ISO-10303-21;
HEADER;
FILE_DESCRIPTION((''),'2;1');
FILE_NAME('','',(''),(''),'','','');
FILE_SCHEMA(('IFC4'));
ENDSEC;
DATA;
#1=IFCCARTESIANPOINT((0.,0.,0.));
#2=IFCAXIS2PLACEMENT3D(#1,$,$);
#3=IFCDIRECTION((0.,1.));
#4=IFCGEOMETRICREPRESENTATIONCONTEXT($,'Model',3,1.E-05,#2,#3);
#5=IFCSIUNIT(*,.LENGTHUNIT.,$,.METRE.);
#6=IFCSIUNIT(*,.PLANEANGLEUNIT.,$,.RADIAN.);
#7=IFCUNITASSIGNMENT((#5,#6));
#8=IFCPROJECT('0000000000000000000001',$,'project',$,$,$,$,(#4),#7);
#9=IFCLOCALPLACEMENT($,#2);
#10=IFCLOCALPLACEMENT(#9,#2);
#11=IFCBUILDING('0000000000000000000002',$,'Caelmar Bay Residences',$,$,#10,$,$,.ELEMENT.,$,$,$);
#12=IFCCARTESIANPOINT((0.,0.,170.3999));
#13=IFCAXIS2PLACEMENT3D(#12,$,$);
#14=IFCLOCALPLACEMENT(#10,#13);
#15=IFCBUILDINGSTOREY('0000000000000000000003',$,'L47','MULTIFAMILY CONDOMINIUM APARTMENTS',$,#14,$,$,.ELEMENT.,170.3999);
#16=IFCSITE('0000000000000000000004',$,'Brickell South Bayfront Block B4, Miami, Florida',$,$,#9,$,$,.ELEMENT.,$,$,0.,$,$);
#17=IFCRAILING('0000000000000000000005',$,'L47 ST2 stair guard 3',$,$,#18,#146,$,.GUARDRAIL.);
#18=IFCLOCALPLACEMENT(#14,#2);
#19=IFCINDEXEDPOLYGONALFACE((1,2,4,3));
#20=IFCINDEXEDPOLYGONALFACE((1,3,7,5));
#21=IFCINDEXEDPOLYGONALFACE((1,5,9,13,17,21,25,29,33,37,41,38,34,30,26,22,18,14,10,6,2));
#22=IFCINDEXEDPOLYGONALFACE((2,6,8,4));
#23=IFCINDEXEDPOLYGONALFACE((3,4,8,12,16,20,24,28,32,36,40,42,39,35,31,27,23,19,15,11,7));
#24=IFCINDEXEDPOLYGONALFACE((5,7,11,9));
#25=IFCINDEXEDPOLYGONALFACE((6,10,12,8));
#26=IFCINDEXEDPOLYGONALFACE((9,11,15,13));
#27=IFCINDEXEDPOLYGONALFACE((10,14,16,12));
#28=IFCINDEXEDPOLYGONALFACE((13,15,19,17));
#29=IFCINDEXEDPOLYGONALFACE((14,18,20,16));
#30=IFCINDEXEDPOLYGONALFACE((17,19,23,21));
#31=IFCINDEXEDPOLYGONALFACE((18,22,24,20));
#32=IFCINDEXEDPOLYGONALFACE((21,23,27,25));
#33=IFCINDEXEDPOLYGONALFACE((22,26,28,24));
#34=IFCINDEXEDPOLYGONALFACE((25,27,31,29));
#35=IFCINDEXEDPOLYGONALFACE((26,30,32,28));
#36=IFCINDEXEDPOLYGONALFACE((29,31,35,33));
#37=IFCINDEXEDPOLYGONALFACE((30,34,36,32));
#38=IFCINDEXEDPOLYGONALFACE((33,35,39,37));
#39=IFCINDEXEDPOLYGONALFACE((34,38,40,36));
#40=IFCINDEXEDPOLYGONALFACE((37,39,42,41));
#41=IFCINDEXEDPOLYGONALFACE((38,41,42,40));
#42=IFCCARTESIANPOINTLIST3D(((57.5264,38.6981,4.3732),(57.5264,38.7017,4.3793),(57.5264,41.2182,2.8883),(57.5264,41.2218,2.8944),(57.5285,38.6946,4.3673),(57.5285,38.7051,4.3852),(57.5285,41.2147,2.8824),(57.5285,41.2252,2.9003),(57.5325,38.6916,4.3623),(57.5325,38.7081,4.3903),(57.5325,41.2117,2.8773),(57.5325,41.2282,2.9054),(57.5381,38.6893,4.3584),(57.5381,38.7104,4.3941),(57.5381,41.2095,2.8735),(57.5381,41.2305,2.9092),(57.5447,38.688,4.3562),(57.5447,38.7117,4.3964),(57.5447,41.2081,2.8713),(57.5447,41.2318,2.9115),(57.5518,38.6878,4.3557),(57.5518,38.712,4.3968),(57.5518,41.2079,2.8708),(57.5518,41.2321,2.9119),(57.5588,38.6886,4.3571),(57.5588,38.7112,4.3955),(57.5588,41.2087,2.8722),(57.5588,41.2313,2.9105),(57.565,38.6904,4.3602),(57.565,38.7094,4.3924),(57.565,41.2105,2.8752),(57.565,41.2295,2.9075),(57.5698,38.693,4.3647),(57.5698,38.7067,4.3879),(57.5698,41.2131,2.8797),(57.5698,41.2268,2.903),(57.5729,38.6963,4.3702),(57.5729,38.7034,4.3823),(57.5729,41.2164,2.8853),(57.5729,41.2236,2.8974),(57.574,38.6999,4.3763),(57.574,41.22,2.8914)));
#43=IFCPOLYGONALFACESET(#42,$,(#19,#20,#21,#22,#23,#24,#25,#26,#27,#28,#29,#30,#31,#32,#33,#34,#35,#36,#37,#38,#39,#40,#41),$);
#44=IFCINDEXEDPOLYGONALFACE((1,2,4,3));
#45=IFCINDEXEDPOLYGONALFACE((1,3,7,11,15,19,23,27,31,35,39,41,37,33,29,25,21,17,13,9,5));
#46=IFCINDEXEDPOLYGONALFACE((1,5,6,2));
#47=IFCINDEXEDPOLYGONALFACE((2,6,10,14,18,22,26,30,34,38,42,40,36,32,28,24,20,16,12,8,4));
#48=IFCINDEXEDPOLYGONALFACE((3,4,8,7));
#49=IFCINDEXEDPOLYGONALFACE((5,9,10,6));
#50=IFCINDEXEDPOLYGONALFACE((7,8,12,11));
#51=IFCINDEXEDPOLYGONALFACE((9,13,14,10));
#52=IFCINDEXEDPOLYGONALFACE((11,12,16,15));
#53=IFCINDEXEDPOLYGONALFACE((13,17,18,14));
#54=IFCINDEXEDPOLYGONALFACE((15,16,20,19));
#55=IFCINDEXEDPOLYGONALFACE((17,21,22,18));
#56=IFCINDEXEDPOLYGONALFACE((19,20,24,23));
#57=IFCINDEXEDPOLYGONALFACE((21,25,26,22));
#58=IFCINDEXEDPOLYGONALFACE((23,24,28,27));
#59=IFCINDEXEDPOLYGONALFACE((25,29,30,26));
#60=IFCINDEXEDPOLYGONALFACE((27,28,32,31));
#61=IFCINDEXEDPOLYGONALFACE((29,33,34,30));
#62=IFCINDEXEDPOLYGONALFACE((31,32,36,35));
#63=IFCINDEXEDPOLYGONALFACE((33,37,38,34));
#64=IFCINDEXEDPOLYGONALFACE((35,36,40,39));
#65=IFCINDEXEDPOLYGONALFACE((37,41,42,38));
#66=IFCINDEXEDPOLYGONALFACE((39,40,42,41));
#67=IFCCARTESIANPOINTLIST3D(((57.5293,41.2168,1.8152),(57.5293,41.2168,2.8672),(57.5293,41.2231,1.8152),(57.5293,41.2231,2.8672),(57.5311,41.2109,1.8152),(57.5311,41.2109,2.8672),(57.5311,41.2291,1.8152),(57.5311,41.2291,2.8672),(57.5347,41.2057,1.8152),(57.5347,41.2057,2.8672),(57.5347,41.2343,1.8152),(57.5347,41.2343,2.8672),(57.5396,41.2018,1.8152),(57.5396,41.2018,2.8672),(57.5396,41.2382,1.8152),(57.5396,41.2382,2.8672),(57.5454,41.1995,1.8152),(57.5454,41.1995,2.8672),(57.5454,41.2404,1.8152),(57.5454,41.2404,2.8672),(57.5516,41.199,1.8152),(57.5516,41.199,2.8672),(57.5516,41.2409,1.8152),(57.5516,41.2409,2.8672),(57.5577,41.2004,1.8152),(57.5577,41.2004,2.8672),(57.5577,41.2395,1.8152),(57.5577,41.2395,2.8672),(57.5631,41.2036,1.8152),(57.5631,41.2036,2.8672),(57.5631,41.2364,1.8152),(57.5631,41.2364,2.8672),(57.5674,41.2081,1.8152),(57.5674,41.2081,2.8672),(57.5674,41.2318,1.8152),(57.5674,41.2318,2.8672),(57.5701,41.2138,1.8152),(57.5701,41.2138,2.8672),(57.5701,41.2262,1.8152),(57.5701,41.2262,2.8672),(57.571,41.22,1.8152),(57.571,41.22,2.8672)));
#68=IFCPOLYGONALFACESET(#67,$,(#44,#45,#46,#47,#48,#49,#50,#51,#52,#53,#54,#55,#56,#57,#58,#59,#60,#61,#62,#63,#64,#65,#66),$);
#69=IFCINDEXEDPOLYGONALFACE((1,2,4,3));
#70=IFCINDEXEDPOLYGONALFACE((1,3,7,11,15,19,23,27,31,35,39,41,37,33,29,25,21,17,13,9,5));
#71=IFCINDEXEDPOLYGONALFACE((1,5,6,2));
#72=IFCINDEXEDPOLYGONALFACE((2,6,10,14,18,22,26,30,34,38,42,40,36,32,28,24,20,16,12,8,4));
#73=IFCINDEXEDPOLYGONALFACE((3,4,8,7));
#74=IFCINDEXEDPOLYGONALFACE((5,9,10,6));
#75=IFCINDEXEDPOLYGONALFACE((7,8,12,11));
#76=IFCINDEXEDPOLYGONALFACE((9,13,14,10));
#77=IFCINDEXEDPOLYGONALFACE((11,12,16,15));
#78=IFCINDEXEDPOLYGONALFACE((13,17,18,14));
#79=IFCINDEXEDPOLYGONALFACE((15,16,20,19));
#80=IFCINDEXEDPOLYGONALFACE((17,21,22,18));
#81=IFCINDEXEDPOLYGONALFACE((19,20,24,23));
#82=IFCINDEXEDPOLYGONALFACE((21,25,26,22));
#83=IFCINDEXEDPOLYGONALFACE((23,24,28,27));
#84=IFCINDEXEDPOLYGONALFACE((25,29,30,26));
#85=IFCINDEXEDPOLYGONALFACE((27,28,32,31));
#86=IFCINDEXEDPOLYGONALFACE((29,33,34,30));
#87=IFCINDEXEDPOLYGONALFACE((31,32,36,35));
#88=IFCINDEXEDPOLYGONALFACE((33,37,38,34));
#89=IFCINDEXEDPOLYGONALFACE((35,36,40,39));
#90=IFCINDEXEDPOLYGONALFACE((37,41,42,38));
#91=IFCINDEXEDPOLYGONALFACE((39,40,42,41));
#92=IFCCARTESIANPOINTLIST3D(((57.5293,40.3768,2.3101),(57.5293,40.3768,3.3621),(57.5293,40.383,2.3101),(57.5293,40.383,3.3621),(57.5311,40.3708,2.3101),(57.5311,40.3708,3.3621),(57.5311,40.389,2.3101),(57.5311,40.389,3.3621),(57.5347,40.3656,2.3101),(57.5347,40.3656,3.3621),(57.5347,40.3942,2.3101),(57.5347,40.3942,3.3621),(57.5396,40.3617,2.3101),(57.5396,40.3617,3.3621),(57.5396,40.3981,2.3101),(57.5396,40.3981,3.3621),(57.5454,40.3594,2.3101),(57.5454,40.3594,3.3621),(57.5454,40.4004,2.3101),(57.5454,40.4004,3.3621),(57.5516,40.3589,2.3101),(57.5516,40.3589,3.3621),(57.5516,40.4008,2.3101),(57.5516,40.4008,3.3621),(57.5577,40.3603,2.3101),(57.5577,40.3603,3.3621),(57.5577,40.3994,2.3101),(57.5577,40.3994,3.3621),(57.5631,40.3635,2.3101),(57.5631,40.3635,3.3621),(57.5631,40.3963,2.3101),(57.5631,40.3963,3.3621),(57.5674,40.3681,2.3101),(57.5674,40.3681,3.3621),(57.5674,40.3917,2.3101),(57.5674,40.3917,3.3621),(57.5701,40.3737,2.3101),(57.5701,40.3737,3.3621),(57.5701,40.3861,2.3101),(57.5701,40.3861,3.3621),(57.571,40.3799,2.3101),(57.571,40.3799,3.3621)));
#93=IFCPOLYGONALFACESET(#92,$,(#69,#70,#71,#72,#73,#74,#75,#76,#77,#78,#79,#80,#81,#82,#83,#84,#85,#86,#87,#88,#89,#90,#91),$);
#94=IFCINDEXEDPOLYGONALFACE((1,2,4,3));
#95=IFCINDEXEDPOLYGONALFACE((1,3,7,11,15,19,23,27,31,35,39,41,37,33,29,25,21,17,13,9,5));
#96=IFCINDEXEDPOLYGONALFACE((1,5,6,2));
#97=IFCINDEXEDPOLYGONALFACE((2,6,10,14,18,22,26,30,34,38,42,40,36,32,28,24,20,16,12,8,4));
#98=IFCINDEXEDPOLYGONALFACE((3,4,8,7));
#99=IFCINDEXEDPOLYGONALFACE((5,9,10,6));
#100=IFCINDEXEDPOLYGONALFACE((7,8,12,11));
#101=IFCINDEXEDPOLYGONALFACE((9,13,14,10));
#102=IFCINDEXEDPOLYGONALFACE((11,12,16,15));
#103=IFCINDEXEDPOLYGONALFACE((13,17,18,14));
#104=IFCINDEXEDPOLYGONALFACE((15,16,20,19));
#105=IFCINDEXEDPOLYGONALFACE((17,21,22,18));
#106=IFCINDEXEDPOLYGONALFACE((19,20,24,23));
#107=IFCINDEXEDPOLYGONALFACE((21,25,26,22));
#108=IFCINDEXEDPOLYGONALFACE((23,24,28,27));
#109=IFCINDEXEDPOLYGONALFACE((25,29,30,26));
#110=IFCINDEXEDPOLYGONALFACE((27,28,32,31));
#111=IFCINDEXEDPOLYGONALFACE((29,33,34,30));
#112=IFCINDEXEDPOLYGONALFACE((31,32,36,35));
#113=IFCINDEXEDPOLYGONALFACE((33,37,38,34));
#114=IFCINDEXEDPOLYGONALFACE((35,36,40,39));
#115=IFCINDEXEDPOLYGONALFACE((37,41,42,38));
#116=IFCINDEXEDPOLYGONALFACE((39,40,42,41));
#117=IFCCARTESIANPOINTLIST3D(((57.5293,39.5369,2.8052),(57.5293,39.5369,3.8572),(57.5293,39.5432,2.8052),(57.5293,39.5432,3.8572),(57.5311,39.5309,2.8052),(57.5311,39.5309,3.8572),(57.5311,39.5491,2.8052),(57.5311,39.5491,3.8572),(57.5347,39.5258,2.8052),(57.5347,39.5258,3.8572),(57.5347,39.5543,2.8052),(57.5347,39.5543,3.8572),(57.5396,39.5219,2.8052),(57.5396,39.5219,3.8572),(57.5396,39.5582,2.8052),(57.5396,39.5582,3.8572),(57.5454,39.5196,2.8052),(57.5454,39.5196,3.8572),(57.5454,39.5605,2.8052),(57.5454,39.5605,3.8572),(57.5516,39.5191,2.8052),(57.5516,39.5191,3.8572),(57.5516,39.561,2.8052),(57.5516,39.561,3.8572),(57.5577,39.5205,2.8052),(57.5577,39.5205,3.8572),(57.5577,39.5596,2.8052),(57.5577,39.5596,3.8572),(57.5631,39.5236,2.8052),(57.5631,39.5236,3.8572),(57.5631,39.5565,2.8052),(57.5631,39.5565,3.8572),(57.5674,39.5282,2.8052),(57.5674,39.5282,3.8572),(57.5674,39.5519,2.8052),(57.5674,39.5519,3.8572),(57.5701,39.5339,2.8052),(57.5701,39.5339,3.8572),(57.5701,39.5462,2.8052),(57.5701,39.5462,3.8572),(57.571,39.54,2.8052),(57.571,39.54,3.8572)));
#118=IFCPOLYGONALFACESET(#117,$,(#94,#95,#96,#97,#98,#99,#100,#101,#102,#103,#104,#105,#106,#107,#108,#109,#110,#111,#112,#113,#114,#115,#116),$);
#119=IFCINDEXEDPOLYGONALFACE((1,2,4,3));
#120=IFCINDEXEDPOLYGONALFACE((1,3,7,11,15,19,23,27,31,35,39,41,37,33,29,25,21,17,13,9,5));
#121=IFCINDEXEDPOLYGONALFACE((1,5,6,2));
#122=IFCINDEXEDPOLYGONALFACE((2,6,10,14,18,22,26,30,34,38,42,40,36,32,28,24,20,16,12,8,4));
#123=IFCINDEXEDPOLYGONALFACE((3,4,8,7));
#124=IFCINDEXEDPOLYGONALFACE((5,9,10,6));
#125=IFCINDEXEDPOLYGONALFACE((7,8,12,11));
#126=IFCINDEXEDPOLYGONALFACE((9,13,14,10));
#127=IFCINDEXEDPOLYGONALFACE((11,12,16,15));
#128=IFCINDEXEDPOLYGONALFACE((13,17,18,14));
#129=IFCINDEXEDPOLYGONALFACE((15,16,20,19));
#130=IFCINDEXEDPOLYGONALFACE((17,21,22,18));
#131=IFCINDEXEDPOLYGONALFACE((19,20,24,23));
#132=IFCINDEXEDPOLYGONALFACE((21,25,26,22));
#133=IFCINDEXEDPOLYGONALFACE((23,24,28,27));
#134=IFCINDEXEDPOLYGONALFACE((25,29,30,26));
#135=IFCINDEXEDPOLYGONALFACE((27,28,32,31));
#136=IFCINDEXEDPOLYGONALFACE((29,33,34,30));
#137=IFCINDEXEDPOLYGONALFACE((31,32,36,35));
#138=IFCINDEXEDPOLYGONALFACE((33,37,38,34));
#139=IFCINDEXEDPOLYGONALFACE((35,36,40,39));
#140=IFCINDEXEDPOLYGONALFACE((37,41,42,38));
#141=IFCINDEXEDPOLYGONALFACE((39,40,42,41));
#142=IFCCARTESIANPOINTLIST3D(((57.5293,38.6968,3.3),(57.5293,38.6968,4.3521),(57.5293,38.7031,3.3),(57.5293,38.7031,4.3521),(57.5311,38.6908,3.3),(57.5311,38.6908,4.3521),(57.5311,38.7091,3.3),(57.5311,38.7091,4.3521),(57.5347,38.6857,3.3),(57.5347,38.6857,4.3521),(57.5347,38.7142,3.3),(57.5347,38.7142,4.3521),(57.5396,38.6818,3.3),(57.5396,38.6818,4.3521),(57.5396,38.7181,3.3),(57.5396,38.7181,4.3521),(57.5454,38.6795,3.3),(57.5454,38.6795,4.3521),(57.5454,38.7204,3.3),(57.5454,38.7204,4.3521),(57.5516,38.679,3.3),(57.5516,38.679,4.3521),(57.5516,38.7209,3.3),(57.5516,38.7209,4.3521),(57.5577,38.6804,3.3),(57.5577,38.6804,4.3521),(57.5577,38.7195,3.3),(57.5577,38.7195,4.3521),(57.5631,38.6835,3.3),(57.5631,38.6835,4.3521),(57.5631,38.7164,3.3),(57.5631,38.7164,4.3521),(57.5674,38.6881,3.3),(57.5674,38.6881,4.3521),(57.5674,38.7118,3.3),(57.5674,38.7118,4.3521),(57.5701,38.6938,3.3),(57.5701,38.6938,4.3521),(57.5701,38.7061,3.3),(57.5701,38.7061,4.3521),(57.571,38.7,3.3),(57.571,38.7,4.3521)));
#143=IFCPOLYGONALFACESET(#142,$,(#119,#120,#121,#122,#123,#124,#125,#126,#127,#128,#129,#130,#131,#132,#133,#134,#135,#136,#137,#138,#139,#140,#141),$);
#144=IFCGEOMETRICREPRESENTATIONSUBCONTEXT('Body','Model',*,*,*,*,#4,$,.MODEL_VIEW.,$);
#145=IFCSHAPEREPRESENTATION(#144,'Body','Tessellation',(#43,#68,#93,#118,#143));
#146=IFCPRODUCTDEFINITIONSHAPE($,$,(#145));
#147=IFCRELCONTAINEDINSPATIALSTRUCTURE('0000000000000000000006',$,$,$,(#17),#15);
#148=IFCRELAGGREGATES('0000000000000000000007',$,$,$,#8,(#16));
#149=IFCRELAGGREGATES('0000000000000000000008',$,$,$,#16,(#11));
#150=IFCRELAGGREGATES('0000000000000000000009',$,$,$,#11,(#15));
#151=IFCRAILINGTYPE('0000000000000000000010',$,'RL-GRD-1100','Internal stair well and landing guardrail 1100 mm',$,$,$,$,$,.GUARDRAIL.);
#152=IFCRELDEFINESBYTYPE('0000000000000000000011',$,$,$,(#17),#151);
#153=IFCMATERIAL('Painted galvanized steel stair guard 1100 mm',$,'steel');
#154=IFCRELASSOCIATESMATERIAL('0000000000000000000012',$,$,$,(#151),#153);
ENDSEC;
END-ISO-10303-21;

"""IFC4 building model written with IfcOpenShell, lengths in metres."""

from ifc_helpers import new_model, si_unit, direction, frame, origin, origin_2d, place, context, subcontext, project, spatial, circle, extrude, material, type_object, element, save


model = new_model("IFC4")

# Units and contexts
model_context = context("Model", 3, precision=1e-05, world=origin(), true_north=direction((0.0, 1.0)))
body_context = subcontext(model_context, "Body", "Model", "MODEL_VIEW")
ifc_project = project(units=[si_unit("LENGTHUNIT", "METRE"), si_unit("PLANEANGLEUNIT", "RADIAN")], contexts=[model_context])

# Site, building, storey
site_placement = place(None, origin())
site = spatial("IfcSite", under=ifc_project, at=site_placement, Name="Brickell South Bayfront Block B4, Miami, Florida", CompositionType="ELEMENT", RefElevation=0.0)
building_placement = place(site_placement, origin())
building = spatial("IfcBuilding", under=site, at=building_placement, Name="Caelmar Bay Residences", CompositionType="ELEMENT")
storey_placement = place(building_placement, frame((0.0, 0.0, 170.3999)))
storey = spatial("IfcBuildingStorey", under=building, at=storey_placement, Name="L47", Description="MULTIFAMILY CONDOMINIUM APARTMENTS", CompositionType="ELEMENT", Elevation=170.3999)

# Railing
ifc_material_1 = material(Name="Painted galvanized steel stair guard 1100 mm", Category="steel")
railing_type_1 = type_object("IfcRailingType", Name="RL-GRD-1100", Description="Internal stair well and landing guardrail 1100 mm", PredefinedType="GUARDRAIL", material=ifc_material_1)
railing_1_placement = place(storey_placement, frame((57.55, 41.22, 1.8152)))
element("IfcRailing", 1, at=railing_1_placement, inside=storey, type_object=railing_type_1, Name="L47 ST2 stair guard 3", PredefinedType="GUARDRAIL", context=body_context, shape_type="SweptSolid", body=[
    extrude(circle(Radius=0.0239, at=origin_2d()), frame((0.0, 0.0, 1.0762), z_axis=(0.0, -0.861561, 0.507655), x_axis=(1.0, 0.0, 0.0)), (0.0, 0.0, 1.0), 2.925),
    extrude(circle(Radius=0.021, at=origin_2d()), origin(), (0.0, 0.0, 1.0), 1.052),
    extrude(circle(Radius=0.021, at=origin_2d()), frame((0.0, -0.8401, 0.4949)), (0.0, 0.0, 1.0), 1.052),
    extrude(circle(Radius=0.021, at=origin_2d()), frame((0.0, -1.6799, 0.99)), (0.0, 0.0, 1.0), 1.052),
    extrude(circle(Radius=0.021, at=origin_2d()), frame((0.0, -2.52, 1.4849)), (0.0, 0.0, 1.0), 1.052),
])

save(model, "model.ifc")
